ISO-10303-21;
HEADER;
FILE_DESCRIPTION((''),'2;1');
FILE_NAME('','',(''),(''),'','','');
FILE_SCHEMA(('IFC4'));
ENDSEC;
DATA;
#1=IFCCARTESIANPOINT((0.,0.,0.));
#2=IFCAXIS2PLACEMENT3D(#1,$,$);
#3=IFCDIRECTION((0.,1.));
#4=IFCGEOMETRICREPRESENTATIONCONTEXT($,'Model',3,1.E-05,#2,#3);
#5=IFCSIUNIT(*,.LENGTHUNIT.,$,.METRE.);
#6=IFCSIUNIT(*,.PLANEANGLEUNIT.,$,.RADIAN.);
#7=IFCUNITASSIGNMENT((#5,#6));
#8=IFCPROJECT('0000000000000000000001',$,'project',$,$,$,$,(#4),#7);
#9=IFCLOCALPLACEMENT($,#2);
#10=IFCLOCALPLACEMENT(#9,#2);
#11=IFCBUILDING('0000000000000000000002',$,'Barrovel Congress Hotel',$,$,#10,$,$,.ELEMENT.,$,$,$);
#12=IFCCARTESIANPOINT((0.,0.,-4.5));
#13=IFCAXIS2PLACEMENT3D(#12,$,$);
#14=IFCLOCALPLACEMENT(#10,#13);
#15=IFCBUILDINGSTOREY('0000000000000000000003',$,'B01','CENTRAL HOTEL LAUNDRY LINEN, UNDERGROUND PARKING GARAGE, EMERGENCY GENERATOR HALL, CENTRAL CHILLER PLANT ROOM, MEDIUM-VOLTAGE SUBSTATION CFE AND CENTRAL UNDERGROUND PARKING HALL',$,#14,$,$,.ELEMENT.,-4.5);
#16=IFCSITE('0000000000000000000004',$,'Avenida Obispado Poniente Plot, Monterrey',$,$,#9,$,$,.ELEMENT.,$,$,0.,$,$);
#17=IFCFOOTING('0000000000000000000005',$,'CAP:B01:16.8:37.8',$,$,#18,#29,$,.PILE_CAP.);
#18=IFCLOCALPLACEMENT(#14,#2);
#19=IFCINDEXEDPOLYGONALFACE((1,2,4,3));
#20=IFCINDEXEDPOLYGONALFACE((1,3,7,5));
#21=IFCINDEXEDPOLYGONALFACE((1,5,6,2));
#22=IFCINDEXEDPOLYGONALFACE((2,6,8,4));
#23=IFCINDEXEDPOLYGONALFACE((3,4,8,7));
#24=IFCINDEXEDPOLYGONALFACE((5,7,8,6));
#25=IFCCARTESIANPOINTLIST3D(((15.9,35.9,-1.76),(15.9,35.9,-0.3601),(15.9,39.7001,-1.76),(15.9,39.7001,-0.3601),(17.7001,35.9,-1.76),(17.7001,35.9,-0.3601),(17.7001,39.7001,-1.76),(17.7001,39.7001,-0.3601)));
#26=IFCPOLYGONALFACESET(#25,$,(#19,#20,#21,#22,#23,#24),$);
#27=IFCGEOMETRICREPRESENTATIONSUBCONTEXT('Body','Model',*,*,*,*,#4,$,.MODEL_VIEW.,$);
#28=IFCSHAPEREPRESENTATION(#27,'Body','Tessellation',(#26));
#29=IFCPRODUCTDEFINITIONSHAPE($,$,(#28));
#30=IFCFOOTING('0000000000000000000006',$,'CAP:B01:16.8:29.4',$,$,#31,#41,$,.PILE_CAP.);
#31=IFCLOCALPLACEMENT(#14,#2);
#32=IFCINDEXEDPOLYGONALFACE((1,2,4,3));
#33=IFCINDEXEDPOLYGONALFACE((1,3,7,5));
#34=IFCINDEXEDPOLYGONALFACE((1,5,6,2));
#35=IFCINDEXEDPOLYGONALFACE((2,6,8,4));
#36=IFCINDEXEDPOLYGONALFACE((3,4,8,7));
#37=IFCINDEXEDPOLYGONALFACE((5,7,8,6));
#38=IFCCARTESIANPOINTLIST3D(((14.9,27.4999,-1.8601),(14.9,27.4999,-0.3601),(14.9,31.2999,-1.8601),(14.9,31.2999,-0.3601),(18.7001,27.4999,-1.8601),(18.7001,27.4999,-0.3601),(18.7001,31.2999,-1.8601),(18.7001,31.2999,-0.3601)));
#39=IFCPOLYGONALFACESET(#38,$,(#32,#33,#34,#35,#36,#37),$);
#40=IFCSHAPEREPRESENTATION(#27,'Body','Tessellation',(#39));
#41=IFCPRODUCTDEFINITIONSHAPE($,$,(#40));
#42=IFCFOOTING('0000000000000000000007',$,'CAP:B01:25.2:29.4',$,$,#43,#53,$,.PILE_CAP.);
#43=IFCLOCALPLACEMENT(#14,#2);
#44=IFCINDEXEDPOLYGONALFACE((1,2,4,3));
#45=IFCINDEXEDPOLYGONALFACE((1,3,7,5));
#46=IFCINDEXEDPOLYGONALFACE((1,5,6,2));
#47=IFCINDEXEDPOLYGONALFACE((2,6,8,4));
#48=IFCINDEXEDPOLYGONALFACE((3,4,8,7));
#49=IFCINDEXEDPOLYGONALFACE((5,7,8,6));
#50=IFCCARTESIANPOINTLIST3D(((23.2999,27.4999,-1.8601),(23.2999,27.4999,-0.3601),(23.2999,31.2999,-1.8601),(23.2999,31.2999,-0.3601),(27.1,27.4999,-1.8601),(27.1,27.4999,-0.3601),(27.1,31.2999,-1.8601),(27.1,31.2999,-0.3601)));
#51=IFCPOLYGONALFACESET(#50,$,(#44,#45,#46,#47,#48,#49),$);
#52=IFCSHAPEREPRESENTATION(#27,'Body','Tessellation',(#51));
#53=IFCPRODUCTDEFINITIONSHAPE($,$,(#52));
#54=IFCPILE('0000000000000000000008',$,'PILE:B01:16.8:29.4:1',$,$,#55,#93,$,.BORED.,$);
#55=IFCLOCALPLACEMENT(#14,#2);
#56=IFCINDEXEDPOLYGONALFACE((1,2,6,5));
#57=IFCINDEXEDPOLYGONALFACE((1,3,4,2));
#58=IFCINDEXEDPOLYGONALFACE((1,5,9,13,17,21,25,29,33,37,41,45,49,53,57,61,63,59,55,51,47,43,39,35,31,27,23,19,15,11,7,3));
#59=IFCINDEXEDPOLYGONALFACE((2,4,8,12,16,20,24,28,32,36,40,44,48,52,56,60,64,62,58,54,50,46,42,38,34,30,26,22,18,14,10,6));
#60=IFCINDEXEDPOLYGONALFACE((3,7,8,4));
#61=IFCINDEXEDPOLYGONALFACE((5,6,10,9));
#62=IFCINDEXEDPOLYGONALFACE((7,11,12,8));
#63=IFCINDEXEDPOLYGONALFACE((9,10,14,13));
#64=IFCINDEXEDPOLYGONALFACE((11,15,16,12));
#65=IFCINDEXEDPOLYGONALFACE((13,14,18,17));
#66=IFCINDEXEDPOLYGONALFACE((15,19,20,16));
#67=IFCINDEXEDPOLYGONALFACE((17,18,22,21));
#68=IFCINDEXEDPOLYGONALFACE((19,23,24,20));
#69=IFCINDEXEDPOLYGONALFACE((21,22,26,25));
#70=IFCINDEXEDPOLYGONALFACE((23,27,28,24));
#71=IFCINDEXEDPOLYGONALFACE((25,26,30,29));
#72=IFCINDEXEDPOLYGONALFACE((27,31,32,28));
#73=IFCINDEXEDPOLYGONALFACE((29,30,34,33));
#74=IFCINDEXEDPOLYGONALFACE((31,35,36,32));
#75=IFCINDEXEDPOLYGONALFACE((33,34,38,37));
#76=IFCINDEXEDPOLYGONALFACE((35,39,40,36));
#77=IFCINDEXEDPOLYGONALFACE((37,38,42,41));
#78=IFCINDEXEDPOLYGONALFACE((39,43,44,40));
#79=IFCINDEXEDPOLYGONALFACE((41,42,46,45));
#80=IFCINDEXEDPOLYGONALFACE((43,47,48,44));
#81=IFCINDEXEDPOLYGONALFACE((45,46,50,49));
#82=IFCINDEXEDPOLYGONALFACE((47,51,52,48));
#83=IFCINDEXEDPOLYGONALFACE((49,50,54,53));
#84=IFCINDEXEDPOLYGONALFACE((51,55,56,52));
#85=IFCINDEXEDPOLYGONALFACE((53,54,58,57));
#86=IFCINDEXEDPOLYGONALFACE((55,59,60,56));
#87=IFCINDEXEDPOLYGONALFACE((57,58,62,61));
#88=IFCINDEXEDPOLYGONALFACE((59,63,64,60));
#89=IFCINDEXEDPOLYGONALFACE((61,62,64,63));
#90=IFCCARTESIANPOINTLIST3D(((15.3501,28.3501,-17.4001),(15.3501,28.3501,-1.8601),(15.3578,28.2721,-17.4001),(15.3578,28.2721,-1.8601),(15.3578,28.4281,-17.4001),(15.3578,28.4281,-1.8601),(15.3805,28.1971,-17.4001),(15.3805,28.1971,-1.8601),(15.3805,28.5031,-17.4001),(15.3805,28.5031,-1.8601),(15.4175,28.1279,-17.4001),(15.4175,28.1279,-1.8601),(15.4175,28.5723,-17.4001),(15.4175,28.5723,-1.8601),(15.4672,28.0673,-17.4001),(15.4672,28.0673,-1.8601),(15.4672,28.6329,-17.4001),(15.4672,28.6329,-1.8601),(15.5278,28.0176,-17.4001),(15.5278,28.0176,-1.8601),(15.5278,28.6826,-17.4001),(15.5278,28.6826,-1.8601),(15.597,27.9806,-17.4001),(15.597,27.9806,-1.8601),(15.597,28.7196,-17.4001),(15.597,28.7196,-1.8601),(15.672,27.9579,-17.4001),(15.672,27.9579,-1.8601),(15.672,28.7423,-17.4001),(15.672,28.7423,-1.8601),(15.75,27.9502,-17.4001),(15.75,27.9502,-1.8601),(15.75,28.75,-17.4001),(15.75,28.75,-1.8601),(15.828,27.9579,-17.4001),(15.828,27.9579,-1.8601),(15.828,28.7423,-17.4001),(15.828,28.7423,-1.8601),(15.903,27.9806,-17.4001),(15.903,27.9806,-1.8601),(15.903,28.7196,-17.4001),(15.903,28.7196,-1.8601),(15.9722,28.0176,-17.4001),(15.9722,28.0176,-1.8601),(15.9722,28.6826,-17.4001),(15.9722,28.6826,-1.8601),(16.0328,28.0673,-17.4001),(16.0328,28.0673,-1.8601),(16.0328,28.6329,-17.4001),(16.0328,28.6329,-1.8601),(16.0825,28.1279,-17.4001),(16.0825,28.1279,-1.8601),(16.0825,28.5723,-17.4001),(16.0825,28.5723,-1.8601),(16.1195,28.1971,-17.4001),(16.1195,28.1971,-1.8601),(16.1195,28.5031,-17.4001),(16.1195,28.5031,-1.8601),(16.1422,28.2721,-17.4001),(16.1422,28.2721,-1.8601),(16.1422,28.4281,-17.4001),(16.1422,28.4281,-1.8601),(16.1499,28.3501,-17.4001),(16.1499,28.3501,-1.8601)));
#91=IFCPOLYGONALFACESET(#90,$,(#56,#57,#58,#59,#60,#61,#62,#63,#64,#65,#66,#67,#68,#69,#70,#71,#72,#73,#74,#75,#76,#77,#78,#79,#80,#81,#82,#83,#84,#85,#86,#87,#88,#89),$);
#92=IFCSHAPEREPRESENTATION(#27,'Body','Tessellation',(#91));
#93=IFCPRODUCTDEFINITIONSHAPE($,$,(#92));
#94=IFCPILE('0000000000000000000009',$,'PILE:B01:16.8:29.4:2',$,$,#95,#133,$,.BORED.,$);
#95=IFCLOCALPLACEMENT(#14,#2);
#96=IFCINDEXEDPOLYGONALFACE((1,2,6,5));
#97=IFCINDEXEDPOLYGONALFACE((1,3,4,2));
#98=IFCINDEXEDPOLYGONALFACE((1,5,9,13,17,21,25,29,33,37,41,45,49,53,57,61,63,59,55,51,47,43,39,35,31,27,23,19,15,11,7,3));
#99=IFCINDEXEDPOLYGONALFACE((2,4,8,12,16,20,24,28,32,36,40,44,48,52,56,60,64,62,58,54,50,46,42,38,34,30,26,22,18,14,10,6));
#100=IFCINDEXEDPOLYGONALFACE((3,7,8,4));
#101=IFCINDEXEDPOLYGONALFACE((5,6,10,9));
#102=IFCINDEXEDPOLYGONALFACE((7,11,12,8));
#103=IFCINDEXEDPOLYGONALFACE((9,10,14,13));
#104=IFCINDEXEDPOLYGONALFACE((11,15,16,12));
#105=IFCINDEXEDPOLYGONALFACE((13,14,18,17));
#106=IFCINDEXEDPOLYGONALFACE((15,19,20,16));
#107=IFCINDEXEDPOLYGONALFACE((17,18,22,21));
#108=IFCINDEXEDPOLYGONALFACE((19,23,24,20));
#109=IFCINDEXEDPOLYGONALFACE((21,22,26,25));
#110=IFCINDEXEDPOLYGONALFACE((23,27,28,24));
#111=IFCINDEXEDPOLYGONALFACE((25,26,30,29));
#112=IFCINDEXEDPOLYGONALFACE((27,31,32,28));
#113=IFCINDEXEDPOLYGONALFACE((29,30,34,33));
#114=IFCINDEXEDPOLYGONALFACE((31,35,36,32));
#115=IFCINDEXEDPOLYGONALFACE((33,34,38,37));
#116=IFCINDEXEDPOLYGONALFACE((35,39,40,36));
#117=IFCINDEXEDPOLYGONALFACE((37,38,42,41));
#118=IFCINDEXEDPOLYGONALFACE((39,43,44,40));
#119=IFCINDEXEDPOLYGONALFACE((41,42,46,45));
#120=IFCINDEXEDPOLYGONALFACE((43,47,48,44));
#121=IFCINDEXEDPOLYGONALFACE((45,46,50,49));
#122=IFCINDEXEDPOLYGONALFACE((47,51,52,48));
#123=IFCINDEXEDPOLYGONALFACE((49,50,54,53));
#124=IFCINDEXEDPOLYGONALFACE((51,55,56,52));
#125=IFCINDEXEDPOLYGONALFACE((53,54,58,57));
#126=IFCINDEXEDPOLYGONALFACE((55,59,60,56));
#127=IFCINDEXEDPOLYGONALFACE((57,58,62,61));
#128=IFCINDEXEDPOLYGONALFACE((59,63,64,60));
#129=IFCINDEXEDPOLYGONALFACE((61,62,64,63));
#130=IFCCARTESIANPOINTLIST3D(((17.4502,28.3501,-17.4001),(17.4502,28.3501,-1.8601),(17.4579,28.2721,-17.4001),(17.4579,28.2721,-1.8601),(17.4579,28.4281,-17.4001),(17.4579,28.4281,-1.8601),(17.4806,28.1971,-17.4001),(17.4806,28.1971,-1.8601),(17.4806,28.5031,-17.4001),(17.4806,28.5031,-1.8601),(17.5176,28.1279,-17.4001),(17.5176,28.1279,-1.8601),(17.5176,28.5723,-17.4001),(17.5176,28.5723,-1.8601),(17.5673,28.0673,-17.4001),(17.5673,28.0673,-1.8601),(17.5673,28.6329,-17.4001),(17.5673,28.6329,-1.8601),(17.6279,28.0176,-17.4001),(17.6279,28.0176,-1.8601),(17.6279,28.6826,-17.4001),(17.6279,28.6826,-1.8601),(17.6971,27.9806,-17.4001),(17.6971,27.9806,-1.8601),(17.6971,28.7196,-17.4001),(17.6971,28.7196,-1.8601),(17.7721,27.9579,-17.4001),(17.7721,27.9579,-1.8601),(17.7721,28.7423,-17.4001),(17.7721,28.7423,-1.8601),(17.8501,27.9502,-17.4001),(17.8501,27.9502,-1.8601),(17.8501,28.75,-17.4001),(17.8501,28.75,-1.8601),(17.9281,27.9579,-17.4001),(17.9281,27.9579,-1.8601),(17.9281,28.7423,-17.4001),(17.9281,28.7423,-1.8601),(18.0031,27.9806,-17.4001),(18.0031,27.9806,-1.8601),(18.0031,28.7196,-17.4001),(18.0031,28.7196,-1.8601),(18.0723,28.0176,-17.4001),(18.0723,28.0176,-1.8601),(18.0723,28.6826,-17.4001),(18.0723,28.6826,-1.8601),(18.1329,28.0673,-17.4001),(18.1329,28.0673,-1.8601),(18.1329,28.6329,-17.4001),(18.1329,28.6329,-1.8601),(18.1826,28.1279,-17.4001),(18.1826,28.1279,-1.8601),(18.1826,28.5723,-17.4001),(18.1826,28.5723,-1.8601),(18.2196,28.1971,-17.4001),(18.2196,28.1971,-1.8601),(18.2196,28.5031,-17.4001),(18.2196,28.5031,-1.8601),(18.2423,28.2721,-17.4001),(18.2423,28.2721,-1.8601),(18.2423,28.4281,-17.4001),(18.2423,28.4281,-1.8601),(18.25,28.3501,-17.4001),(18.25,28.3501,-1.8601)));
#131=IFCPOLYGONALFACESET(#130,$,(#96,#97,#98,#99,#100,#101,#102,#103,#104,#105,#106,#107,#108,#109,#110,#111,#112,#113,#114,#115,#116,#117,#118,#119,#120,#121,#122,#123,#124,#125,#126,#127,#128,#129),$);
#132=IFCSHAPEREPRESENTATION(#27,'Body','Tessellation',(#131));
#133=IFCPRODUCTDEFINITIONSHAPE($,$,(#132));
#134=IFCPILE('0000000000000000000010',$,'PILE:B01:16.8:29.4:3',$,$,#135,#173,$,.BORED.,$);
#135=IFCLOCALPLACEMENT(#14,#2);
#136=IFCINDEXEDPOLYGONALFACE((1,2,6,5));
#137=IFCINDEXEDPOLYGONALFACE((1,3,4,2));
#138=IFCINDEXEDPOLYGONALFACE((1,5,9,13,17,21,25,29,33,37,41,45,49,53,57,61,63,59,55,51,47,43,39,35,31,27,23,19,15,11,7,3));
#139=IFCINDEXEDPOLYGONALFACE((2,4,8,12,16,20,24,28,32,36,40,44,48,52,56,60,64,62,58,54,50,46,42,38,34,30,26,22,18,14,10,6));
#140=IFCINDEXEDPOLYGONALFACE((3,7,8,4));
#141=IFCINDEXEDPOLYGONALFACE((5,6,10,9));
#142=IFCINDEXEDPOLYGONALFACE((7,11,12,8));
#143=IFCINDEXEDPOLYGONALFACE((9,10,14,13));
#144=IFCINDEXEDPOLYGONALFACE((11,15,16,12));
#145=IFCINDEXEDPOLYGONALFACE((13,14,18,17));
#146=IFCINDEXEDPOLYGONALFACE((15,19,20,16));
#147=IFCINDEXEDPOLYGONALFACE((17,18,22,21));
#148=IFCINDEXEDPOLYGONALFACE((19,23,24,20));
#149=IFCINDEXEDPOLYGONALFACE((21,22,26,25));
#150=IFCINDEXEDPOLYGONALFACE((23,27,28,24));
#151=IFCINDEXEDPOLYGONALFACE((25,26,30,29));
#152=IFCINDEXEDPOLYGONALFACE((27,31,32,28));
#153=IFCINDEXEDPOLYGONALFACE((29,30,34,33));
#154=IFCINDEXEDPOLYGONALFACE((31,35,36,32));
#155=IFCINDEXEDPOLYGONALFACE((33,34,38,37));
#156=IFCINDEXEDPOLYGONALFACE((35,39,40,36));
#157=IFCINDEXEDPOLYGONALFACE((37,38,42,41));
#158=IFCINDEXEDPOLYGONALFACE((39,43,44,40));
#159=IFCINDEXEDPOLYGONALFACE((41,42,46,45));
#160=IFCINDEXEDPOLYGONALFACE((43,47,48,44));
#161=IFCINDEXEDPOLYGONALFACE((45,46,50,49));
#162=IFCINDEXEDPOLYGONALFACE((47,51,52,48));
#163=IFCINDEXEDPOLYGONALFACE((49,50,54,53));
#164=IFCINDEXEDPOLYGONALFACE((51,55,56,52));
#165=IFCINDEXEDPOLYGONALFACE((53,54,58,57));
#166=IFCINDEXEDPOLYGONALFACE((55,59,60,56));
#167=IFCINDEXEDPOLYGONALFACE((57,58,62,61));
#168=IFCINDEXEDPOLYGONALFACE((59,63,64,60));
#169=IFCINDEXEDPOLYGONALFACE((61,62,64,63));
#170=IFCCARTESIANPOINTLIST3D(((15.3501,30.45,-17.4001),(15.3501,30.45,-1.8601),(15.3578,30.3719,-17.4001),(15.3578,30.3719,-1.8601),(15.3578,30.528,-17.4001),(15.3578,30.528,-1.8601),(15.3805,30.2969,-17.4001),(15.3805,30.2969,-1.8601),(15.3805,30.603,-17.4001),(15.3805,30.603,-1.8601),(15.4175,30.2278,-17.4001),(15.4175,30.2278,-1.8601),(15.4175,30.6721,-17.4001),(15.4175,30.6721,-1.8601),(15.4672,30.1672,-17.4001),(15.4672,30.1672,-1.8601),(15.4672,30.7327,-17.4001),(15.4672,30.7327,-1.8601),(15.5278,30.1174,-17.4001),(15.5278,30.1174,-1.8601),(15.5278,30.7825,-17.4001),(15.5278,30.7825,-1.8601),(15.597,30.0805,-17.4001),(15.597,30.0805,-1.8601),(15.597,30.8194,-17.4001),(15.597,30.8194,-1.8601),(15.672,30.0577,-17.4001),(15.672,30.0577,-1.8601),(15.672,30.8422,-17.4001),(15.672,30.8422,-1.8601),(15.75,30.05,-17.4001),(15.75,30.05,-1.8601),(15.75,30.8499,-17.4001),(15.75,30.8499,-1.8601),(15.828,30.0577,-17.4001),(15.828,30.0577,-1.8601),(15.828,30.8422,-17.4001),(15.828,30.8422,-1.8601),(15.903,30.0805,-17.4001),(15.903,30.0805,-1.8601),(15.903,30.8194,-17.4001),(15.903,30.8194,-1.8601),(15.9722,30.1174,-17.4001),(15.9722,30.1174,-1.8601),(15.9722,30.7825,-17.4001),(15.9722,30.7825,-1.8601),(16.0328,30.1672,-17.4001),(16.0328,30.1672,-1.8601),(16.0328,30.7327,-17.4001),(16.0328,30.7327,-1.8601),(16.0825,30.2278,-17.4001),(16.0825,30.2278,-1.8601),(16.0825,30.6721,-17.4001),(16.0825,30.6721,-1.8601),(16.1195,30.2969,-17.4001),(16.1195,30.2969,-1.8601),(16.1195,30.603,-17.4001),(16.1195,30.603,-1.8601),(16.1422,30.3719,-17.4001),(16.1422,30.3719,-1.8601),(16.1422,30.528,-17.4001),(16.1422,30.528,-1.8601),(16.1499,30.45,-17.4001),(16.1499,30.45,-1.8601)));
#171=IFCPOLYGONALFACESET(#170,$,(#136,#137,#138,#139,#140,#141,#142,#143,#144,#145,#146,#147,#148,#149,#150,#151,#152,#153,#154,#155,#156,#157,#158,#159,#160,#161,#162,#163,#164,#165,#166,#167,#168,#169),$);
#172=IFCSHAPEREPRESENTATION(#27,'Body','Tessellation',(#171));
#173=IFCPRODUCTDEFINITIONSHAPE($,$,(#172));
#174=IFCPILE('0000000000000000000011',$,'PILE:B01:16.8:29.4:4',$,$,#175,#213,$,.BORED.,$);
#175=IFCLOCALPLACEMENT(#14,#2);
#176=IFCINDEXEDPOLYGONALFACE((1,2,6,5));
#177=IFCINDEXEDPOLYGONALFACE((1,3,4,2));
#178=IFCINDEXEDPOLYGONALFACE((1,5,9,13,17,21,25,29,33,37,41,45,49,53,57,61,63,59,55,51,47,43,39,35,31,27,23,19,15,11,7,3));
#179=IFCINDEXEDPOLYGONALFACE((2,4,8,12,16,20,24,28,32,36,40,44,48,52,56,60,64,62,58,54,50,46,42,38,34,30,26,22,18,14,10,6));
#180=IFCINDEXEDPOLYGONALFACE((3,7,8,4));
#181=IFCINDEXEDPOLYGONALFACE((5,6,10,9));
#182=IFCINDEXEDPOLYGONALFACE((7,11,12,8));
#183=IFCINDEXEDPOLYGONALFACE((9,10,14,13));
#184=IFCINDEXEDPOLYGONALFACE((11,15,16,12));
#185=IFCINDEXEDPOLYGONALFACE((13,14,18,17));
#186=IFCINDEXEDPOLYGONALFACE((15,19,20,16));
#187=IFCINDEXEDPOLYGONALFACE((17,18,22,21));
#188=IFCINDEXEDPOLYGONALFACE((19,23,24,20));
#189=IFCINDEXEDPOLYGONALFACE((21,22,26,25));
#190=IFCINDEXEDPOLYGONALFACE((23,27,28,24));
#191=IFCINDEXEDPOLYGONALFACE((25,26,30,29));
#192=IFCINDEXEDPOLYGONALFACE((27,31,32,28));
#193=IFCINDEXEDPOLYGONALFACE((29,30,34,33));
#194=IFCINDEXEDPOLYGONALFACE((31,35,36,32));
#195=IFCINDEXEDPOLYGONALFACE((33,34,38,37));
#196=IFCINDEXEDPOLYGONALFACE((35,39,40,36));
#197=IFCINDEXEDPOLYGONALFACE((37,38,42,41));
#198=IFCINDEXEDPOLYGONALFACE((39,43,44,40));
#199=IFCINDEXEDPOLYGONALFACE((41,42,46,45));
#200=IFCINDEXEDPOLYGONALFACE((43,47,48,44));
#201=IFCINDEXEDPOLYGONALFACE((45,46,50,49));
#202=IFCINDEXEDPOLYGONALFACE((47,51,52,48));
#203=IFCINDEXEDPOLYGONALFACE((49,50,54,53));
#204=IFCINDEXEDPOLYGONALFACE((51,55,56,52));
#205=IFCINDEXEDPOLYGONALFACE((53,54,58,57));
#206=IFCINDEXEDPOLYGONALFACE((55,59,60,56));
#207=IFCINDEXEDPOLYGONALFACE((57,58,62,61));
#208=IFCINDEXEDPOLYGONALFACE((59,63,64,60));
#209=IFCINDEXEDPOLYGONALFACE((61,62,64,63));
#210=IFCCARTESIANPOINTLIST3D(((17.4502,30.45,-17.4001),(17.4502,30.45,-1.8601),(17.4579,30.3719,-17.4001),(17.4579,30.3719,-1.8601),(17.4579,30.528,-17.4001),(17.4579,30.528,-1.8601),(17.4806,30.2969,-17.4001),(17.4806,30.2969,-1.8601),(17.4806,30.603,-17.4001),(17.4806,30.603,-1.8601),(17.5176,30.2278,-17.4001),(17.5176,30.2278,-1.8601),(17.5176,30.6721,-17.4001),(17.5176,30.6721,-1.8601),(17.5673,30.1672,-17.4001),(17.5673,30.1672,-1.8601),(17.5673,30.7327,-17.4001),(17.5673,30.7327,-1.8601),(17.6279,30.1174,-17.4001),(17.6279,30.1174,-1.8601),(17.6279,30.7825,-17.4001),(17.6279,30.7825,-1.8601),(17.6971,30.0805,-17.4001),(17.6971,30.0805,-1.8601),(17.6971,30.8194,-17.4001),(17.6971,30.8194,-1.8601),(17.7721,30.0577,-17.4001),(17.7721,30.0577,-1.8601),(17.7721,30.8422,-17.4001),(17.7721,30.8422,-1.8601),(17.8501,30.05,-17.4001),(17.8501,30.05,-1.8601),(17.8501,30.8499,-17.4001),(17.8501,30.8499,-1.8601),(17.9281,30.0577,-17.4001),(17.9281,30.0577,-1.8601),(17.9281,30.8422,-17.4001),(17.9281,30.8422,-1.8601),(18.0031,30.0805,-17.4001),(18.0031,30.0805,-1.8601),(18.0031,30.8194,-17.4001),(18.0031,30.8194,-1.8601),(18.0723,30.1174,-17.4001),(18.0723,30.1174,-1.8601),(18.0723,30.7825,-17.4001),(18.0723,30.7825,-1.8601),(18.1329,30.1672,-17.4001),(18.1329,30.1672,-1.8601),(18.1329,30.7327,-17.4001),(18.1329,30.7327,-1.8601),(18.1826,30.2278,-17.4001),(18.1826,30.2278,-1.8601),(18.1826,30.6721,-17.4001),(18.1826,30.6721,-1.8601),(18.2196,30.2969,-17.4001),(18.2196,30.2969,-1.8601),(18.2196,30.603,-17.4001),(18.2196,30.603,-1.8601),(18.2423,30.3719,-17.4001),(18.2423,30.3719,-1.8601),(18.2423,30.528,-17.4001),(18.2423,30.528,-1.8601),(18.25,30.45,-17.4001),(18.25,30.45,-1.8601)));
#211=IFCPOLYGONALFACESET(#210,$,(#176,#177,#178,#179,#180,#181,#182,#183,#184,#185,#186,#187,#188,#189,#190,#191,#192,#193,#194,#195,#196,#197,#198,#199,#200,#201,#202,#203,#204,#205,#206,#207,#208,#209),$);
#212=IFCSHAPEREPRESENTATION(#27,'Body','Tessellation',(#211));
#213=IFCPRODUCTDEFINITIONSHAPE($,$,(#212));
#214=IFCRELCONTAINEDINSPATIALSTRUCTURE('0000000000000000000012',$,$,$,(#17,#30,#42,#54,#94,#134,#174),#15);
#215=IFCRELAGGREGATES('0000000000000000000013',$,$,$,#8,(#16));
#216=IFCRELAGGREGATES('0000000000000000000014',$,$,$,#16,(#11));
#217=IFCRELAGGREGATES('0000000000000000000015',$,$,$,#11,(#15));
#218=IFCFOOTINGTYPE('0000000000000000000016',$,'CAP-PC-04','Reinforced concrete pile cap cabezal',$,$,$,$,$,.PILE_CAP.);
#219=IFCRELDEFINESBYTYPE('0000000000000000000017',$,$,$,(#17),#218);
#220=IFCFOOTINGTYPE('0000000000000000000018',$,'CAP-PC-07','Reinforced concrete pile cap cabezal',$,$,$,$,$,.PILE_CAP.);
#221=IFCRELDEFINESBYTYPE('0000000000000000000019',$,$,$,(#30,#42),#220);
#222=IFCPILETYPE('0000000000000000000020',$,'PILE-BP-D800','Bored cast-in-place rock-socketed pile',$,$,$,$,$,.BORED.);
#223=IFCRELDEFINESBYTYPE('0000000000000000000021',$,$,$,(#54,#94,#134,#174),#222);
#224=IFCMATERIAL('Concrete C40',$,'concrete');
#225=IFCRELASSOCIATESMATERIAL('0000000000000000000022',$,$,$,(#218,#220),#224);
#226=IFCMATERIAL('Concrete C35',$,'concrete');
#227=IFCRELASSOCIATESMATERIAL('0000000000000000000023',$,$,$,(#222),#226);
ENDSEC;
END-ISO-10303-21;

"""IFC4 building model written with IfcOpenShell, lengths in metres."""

from ifc_helpers import new_model, si_unit, direction, frame, origin, origin_2d, place, context, subcontext, project, spatial, rectangle, circle, extrude, material, material_profile, profile_set, type_object, element, save


model = new_model("IFC4")

# Units and contexts
model_context = context("Model", 3, precision=1e-05, world=origin(), true_north=direction((0.0, 1.0)))
body_context = subcontext(model_context, "Body", "Model", "MODEL_VIEW")
ifc_project = project(units=[si_unit("LENGTHUNIT", "METRE"), si_unit("PLANEANGLEUNIT", "RADIAN")], contexts=[model_context])

# Site, building, storey
site_placement = place(None, origin())
site = spatial("IfcSite", under=ifc_project, at=site_placement, Name="Avenida Obispado Poniente Plot, Monterrey", CompositionType="ELEMENT", RefElevation=0.0)
building_placement = place(site_placement, origin())
building = spatial("IfcBuilding", under=site, at=building_placement, Name="Barrovel Congress Hotel", CompositionType="ELEMENT")
storey_placement = place(building_placement, frame((0.0, 0.0, -4.5)))
storey = spatial("IfcBuildingStorey", under=building, at=storey_placement, Name="B01", Description="CENTRAL HOTEL LAUNDRY LINEN, UNDERGROUND PARKING GARAGE, EMERGENCY GENERATOR HALL, CENTRAL CHILLER PLANT ROOM, MEDIUM-VOLTAGE SUBSTATION CFE AND CENTRAL UNDERGROUND PARKING HALL", CompositionType="ELEMENT", Elevation=-4.5)

# Footings
ifc_material_1 = material(Name="Concrete C40", Category="concrete")
footing_type_1 = type_object("IfcFootingType", Name="CAP-PC-04", Description="Reinforced concrete pile cap cabezal", PredefinedType="PILE_CAP", material=ifc_material_1)
footing_placement = place(storey_placement, frame((16.8, 37.8, -1.76), z_axis=(0.0, 0.0, 1.0), x_axis=(1.0, 0.0, 0.0)))
element("IfcFooting", 1, at=footing_placement, inside=storey, type_object=footing_type_1, Name="CAP:B01:16.8:37.8", PredefinedType="PILE_CAP", context=body_context, shape_type="SweptSolid", body=[
    extrude(rectangle(XDim=1.8, YDim=3.8, at=origin_2d()), origin(), (0.0, 0.0, 1.0), 1.3999),
])
footing_type_2 = type_object("IfcFootingType", Name="CAP-PC-07", Description="Reinforced concrete pile cap cabezal", PredefinedType="PILE_CAP", material=ifc_material_1)
for number, where, z_axis, x_axis, name in (
    (2, (16.8, 29.3999, -1.8601), (0.0, 0.0, 1.0), (1.0, 0.0, 0.0), "CAP:B01:16.8:29.4"),
    (3, (25.2, 29.3999, -1.8601), (0.0, 0.0, 1.0), (1.0, 0.0, 0.0), "CAP:B01:25.2:29.4"),
):
    element("IfcFooting", number, at=place(storey_placement, frame(where, z_axis=z_axis, x_axis=x_axis)), inside=storey, type_object=footing_type_2, Name=name, PredefinedType="PILE_CAP", context=body_context, shape_type="SweptSolid", body=[
        extrude(rectangle(XDim=3.8, YDim=3.8, at=origin_2d()), origin(), (0.0, 0.0, 1.0), 1.5),
    ])

# Piles
ifc_material_2 = material(Name="Concrete C35", Category="concrete")
ifc_material_profile_1 = material_profile(ifc_material_2, circle(Radius=0.3999, at=origin_2d()), Name="BP-D800")
ifc_profile_set_1 = profile_set([ifc_material_profile_1], Name="Concrete C35")
pile_type = type_object("IfcPileType", Name="PILE-BP-D800", Description="Bored cast-in-place rock-socketed pile", PredefinedType="BORED", material=ifc_profile_set_1)
for number, where, z_axis, x_axis, name in (
    (4, (15.75, 28.3501, -1.8601), (0.0, 0.0, -1.0), (1.0, 0.0, 0.0), "PILE:B01:16.8:29.4:1"),
    (5, (17.8501, 28.3501, -1.8601), (0.0, 0.0, -1.0), (1.0, 0.0, 0.0), "PILE:B01:16.8:29.4:2"),
    (6, (15.75, 30.45, -1.8601), (0.0, 0.0, -1.0), (1.0, 0.0, 0.0), "PILE:B01:16.8:29.4:3"),
    (7, (17.8501, 30.45, -1.8601), (0.0, 0.0, -1.0), (1.0, 0.0, 0.0), "PILE:B01:16.8:29.4:4"),
):
    element("IfcPile", number, at=place(storey_placement, frame(where, z_axis=z_axis, x_axis=x_axis)), inside=storey, type_object=pile_type, Name=name, PredefinedType="BORED", context=body_context, shape_type="SweptSolid", body=[
        extrude(circle(Radius=0.3999, at=origin_2d()), origin(), (0.0, 0.0, 1.0), 15.54),
    ])

save(model, "model.ifc")
